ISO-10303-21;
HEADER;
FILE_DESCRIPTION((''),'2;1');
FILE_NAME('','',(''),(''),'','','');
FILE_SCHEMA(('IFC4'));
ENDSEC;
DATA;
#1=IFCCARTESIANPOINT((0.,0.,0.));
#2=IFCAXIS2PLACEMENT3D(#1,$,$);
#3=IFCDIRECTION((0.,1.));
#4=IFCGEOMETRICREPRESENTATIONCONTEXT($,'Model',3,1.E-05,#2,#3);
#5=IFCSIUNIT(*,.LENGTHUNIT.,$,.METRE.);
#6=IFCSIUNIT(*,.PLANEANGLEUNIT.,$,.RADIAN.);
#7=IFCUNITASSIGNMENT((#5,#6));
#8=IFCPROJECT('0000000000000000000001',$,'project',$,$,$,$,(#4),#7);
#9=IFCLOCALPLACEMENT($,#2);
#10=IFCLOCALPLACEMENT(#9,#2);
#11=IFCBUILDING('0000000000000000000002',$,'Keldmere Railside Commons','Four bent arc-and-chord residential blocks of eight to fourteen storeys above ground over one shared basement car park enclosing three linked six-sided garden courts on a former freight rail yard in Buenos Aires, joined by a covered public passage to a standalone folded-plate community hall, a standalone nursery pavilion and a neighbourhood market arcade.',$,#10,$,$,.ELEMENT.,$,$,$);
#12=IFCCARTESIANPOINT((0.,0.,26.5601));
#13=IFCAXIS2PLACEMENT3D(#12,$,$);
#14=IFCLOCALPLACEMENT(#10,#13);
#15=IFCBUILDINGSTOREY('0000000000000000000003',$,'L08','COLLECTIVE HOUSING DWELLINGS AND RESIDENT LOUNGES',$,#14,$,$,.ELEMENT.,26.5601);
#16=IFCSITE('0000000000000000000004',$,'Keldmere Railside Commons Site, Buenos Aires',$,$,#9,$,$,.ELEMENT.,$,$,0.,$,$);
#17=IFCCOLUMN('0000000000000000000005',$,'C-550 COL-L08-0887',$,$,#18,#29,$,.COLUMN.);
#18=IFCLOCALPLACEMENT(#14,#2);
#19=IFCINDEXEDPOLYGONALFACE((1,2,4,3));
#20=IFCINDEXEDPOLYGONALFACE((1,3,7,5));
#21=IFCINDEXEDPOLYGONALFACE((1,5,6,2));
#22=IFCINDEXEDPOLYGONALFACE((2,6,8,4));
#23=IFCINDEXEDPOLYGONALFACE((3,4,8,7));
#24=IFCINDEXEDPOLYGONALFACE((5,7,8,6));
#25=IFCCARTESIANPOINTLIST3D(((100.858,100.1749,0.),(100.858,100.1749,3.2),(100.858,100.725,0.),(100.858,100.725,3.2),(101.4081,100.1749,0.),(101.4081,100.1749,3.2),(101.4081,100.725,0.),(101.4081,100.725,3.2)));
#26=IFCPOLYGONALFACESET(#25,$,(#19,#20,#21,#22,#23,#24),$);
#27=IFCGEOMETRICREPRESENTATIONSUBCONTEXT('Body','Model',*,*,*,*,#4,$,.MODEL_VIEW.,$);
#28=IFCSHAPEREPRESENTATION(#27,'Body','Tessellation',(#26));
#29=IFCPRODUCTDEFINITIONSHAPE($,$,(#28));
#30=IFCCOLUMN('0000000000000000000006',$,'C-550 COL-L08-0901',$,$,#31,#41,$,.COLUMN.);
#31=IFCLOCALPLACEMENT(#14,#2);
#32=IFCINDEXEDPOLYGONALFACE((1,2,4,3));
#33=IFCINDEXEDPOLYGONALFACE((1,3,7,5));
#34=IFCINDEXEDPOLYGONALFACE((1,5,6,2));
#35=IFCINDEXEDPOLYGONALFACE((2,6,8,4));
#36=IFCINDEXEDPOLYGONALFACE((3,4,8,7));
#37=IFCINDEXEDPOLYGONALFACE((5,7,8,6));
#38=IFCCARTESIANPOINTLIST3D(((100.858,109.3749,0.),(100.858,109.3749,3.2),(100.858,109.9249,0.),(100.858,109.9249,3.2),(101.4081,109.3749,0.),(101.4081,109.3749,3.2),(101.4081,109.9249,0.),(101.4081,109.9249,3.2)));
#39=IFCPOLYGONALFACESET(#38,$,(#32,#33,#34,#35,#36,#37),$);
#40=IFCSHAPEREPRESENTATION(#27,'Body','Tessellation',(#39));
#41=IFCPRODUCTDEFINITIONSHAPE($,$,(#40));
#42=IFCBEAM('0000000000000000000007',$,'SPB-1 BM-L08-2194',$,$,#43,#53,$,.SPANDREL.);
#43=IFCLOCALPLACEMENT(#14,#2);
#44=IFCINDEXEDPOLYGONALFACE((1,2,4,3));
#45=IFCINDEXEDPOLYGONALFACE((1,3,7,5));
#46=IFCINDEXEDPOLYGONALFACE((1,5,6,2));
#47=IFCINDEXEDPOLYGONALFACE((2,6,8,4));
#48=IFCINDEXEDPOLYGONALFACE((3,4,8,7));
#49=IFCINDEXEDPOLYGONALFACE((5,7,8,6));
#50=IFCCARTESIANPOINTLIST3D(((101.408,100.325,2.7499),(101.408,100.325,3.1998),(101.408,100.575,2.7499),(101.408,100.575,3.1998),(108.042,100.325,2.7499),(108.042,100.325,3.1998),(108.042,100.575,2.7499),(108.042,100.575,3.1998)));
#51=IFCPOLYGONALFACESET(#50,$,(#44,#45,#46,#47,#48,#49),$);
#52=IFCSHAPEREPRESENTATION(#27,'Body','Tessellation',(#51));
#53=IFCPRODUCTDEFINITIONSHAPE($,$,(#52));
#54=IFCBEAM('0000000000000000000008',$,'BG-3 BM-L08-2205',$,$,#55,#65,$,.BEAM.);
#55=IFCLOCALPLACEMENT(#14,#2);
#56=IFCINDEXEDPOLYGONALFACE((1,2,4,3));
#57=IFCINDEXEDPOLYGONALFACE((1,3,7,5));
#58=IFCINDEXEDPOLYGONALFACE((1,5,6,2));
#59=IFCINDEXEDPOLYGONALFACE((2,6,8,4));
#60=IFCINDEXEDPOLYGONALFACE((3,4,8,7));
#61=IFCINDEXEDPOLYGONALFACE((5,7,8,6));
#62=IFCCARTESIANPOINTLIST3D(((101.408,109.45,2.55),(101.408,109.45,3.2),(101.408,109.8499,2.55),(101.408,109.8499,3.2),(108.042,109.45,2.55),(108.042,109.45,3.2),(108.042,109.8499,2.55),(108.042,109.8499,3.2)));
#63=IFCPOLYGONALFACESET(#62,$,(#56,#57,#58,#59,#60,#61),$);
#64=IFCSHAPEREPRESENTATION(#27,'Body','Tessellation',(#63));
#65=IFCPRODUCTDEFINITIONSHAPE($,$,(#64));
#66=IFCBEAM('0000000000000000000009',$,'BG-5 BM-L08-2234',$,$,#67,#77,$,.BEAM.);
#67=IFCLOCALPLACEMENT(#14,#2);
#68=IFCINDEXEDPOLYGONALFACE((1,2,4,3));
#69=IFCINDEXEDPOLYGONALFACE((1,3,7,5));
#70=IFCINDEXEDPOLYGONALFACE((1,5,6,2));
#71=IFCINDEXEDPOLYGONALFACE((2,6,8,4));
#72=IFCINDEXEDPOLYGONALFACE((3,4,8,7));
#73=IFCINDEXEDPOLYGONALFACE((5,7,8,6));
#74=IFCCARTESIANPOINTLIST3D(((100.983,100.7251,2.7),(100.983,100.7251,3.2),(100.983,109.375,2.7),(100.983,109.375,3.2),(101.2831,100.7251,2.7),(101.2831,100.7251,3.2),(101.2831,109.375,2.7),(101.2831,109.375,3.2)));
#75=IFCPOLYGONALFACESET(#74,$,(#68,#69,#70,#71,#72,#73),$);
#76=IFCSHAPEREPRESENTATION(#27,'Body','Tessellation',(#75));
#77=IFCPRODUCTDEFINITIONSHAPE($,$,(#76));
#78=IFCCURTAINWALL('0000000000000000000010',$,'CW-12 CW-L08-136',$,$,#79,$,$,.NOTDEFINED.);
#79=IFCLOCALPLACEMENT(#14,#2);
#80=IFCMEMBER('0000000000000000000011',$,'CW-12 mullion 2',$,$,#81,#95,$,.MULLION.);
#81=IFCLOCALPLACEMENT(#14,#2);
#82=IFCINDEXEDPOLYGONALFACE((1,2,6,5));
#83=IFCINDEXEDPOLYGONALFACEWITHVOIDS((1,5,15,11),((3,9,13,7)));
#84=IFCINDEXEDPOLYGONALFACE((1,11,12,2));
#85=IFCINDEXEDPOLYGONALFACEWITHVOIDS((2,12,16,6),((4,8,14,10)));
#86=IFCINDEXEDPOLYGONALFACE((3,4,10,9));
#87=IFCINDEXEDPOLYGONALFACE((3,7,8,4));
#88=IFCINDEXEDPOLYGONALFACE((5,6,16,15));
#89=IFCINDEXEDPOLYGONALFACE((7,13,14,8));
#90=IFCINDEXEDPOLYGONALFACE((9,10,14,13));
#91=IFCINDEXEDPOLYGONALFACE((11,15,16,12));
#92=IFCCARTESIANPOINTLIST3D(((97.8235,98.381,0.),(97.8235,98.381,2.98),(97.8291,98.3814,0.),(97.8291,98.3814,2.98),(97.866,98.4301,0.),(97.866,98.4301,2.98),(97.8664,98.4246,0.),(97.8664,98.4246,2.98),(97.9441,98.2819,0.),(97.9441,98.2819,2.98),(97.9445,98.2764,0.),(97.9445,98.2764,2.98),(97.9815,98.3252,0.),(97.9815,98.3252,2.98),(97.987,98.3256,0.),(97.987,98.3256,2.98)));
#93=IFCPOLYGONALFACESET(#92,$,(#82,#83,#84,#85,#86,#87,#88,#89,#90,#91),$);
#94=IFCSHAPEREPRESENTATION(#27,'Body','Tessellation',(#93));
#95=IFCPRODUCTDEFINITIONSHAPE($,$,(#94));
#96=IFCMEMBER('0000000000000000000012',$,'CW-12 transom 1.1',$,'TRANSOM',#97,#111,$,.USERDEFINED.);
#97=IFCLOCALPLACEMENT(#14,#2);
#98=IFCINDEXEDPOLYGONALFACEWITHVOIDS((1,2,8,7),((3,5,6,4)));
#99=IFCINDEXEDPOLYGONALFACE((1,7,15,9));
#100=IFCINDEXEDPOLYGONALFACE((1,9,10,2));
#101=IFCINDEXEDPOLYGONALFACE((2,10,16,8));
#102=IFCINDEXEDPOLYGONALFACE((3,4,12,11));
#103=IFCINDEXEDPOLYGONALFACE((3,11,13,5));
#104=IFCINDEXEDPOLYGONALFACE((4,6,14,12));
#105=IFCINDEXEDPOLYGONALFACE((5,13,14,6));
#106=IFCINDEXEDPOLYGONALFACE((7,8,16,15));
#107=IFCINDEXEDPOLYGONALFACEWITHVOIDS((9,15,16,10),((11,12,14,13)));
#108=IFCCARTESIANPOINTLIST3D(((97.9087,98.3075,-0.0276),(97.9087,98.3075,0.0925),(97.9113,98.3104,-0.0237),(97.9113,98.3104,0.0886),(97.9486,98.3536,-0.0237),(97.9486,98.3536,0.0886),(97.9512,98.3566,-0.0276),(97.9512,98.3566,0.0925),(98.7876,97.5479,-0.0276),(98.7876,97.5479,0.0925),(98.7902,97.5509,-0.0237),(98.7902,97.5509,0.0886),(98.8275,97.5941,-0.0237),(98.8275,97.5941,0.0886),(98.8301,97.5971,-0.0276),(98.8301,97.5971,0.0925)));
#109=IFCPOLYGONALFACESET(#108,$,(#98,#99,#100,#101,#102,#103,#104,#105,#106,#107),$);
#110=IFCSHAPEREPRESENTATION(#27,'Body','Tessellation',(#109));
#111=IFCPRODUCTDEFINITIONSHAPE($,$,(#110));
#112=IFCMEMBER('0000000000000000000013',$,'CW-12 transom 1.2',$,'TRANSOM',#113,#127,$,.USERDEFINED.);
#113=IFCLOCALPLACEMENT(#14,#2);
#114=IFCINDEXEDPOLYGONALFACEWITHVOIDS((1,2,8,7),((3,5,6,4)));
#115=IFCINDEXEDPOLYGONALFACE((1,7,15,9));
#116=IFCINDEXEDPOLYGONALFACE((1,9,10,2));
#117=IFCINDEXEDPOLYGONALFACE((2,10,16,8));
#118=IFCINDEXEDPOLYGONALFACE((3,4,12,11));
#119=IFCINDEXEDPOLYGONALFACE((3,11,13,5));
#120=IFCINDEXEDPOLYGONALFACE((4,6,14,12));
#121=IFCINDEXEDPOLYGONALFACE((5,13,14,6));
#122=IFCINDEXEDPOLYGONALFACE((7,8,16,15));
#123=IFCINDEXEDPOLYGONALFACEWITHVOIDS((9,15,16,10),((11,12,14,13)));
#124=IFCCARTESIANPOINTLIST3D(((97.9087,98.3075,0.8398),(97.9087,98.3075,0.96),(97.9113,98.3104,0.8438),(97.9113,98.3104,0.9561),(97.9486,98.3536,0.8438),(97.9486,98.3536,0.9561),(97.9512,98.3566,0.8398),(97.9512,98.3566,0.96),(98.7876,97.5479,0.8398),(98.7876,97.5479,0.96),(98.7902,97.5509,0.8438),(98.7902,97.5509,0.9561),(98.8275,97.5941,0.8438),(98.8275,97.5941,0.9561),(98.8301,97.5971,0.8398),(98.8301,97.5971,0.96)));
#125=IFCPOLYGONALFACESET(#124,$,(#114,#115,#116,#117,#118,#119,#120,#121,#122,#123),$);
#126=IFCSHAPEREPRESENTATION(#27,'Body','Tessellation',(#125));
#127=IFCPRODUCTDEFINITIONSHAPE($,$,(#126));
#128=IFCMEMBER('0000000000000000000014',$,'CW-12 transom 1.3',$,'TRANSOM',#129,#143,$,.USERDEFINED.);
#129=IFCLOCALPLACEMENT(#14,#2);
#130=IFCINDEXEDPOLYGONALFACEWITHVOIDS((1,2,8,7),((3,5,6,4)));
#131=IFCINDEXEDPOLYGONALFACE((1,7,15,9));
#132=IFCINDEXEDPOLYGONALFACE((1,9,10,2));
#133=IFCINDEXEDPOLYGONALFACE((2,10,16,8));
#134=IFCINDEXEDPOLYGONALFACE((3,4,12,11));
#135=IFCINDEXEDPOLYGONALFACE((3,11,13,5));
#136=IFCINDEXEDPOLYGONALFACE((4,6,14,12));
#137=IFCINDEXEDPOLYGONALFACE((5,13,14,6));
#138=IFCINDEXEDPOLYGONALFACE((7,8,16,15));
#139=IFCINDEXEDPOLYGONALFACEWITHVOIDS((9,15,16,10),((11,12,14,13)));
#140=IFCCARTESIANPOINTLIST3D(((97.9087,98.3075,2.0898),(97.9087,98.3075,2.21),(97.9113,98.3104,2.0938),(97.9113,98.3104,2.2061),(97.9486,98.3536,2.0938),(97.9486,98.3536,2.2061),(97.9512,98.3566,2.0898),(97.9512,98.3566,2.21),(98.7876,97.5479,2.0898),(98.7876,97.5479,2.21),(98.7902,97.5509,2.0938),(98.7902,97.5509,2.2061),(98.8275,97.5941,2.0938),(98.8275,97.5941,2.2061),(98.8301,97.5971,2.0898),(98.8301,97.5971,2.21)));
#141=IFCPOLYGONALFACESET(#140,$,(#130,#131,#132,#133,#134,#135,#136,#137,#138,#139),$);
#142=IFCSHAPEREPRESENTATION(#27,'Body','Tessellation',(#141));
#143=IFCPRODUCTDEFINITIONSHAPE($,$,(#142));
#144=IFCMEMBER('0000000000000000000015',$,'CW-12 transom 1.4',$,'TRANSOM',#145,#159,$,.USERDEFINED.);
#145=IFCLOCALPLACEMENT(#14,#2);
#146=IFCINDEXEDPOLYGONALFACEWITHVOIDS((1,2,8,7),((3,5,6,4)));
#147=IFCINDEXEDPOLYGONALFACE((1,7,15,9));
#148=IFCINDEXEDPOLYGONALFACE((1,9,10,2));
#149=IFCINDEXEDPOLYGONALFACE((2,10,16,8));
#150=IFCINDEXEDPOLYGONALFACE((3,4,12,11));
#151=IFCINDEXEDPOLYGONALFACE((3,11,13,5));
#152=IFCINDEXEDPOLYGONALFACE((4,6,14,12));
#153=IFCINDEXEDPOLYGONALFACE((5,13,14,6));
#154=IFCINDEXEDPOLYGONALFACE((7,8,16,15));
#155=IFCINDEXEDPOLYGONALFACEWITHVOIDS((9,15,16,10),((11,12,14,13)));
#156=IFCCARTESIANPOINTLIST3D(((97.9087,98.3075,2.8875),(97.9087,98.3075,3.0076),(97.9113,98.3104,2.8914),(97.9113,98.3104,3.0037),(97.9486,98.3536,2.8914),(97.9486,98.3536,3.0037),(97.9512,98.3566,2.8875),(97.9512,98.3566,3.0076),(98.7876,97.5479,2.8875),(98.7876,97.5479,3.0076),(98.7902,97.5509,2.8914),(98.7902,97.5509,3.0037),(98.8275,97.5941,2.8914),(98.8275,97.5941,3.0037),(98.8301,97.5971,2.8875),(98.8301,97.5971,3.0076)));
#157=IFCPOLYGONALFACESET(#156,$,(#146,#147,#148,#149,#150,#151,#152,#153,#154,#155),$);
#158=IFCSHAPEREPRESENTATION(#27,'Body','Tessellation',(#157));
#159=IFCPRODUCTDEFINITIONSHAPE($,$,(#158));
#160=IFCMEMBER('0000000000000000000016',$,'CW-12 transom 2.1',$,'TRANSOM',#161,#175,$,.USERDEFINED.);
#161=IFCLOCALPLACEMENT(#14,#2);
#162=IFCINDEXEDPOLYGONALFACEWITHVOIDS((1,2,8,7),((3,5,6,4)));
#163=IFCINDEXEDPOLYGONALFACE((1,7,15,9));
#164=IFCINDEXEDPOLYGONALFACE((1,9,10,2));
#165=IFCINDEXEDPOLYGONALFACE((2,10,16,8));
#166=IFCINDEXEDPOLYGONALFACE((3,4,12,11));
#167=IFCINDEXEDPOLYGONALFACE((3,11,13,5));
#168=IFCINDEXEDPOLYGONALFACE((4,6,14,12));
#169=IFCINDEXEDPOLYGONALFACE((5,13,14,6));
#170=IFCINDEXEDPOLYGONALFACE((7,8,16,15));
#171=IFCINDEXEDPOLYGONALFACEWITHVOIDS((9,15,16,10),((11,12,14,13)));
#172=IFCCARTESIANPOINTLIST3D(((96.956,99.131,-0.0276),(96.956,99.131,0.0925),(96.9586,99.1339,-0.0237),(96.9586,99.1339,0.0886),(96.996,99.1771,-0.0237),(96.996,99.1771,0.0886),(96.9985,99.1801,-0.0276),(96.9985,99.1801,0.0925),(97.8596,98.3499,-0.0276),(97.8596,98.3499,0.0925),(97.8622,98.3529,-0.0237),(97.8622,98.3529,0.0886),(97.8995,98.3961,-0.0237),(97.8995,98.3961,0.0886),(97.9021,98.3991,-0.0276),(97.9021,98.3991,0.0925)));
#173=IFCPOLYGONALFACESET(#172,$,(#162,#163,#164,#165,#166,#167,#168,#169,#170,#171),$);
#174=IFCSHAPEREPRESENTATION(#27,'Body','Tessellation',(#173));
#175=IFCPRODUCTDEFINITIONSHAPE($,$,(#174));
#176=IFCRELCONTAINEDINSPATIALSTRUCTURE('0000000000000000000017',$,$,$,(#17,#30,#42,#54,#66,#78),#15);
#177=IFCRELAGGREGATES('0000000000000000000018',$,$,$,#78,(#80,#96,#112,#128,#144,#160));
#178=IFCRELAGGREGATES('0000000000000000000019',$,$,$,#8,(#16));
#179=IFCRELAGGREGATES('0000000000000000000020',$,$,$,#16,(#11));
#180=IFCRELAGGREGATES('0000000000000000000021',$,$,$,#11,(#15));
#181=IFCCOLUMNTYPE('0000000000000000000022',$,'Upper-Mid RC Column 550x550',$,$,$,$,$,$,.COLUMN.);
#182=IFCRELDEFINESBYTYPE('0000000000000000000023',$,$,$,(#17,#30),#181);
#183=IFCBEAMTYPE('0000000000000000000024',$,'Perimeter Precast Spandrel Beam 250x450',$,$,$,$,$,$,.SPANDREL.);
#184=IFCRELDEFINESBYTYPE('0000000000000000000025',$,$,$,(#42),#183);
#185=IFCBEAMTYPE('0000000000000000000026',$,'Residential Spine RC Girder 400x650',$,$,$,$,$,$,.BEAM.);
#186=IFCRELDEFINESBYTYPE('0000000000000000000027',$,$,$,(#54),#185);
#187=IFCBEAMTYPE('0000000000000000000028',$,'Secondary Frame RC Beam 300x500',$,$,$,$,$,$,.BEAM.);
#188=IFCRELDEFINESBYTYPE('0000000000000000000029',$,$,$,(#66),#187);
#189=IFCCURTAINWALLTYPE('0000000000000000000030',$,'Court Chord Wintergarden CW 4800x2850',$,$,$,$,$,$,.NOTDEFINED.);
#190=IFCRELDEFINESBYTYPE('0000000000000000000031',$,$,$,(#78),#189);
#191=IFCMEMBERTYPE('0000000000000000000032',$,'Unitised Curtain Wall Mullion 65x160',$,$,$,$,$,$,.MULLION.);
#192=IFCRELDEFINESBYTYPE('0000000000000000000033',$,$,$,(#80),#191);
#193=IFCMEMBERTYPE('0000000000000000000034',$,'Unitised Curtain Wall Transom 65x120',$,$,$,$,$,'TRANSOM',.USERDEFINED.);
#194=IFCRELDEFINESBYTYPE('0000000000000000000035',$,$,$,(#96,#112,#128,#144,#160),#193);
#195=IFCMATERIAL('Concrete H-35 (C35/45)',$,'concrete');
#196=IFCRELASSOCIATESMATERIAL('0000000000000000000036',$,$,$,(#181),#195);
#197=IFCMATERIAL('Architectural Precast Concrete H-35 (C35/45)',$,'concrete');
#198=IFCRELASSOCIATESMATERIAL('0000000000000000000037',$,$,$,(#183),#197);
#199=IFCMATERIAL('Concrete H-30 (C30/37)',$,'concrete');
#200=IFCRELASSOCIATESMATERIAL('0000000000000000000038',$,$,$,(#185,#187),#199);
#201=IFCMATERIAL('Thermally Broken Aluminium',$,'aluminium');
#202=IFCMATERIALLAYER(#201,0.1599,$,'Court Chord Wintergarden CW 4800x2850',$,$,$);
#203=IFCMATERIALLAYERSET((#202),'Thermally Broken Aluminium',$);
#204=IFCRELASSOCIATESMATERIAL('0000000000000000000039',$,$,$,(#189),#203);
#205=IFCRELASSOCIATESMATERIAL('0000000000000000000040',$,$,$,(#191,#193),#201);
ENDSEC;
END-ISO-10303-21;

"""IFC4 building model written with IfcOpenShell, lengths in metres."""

from ifc_helpers import new_model, si_unit, direction, frame, origin, origin_2d, place, context, subcontext, project, spatial, rectangle, hollow_rectangle, extrude, material, layer, layer_set, material_profile, profile_set, type_object, element, aggregate, save


model = new_model("IFC4")

# Units and contexts
model_context = context("Model", 3, precision=1e-05, world=origin(), true_north=direction((0.0, 1.0)))
body_context = subcontext(model_context, "Body", "Model", "MODEL_VIEW")
ifc_project = project(units=[si_unit("LENGTHUNIT", "METRE"), si_unit("PLANEANGLEUNIT", "RADIAN")], contexts=[model_context])

# Site, building, storey
site_placement = place(None, origin())
site = spatial("IfcSite", under=ifc_project, at=site_placement, Name="Keldmere Railside Commons Site, Buenos Aires", CompositionType="ELEMENT", RefElevation=0.0)
building_placement = place(site_placement, origin())
building = spatial("IfcBuilding", under=site, at=building_placement, Name="Keldmere Railside Commons", Description="Four bent arc-and-chord residential blocks of eight to fourteen storeys above ground over one shared basement car park enclosing three linked six-sided garden courts on a former freight rail yard in Buenos Aires, joined by a covered public passage to a standalone folded-plate community hall, a standalone nursery pavilion and a neighbourhood market arcade.", CompositionType="ELEMENT")
storey_placement = place(building_placement, frame((0.0, 0.0, 26.5601)))
storey = spatial("IfcBuildingStorey", under=building, at=storey_placement, Name="L08", Description="COLLECTIVE HOUSING DWELLINGS AND RESIDENT LOUNGES", CompositionType="ELEMENT", Elevation=26.5601)

# Columns
ifc_material_1 = material(Name="Concrete H-35 (C35/45)", Category="concrete")
ifc_material_profile_1 = material_profile(ifc_material_1, rectangle(XDim=0.55, YDim=0.55, at=origin_2d()), Name="RC-550x550")
ifc_profile_set_1 = profile_set([ifc_material_profile_1], Name="Concrete H-35 (C35/45)")
column_type = type_object("IfcColumnType", Name="Upper-Mid RC Column 550x550", PredefinedType="COLUMN", material=ifc_profile_set_1)
for number, where, z_axis, x_axis, name in (
    (1, (101.1331, 100.45, 0.0), (0.0, 0.0, 1.0), (1.0, 0.0, 0.0), "C-550 COL-L08-0887"),
    (2, (101.1331, 109.6499, 0.0), (0.0, 0.0, 1.0), (1.0, 0.0, 0.0), "C-550 COL-L08-0901"),
):
    element("IfcColumn", number, at=place(storey_placement, frame(where, z_axis=z_axis, x_axis=x_axis)), inside=storey, type_object=column_type, Name=name, PredefinedType="COLUMN", context=body_context, shape_type="SweptSolid", body=[
        extrude(rectangle(XDim=0.55, YDim=0.55, at=origin_2d()), origin(), (0.0, 0.0, 1.0), 3.2),
    ])

# Beams
ifc_material_2 = material(Name="Architectural Precast Concrete H-35 (C35/45)", Category="concrete")
ifc_material_profile_2 = material_profile(ifc_material_2, rectangle(XDim=0.25, YDim=0.45, at=origin_2d()), Name="RC-250x450")
ifc_profile_set_2 = profile_set([ifc_material_profile_2], Name="Architectural Precast Concrete H-35 (C35/45)")
beam_type_1 = type_object("IfcBeamType", Name="Perimeter Precast Spandrel Beam 250x450", PredefinedType="SPANDREL", material=ifc_profile_set_2)
beam_1_placement = place(storey_placement, frame((101.408, 100.45, 2.9749), z_axis=(1.0, 0.0, 0.0), x_axis=(0.0, 1.0, 0.0)))
element("IfcBeam", 3, at=beam_1_placement, inside=storey, type_object=beam_type_1, Name="SPB-1 BM-L08-2194", PredefinedType="SPANDREL", context=body_context, shape_type="SweptSolid", body=[
    extrude(rectangle(XDim=0.25, YDim=0.45, at=origin_2d()), origin(), (0.0, 0.0, 1.0), 6.634),
])
ifc_material_3 = material(Name="Concrete H-30 (C30/37)", Category="concrete")
ifc_material_profile_3 = material_profile(ifc_material_3, rectangle(XDim=0.3999, YDim=0.6499, at=origin_2d()), Name="RC-400x650")
ifc_profile_set_3 = profile_set([ifc_material_profile_3], Name="Concrete H-30 (C30/37)")
beam_type_2 = type_object("IfcBeamType", Name="Residential Spine RC Girder 400x650", PredefinedType="BEAM", material=ifc_profile_set_3)
beam_2_placement = place(storey_placement, frame((101.408, 109.6499, 2.875), z_axis=(1.0, 0.0, 0.0), x_axis=(0.0, 1.0, 0.0)))
element("IfcBeam", 4, at=beam_2_placement, inside=storey, type_object=beam_type_2, Name="BG-3 BM-L08-2205", PredefinedType="BEAM", context=body_context, shape_type="SweptSolid", body=[
    extrude(rectangle(XDim=0.3999, YDim=0.6499, at=origin_2d()), origin(), (0.0, 0.0, 1.0), 6.634),
])
ifc_material_profile_4 = material_profile(ifc_material_3, rectangle(XDim=0.3, YDim=0.5, at=origin_2d()), Name="RC-300x500")
ifc_profile_set_4 = profile_set([ifc_material_profile_4], Name="Concrete H-30 (C30/37)")
beam_type_3 = type_object("IfcBeamType", Name="Secondary Frame RC Beam 300x500", PredefinedType="BEAM", material=ifc_profile_set_4)
beam_3_placement = place(storey_placement, frame((101.1331, 100.7251, 2.95), z_axis=(0.0, 1.0, 0.0), x_axis=(-1.0, 0.0, 0.0)))
element("IfcBeam", 5, at=beam_3_placement, inside=storey, type_object=beam_type_3, Name="BG-5 BM-L08-2234", PredefinedType="BEAM", context=body_context, shape_type="SweptSolid", body=[
    extrude(rectangle(XDim=0.3, YDim=0.5, at=origin_2d()), origin(), (0.0, 0.0, 1.0), 8.6499),
])

# Curtain wall, members
ifc_material_4 = material(Name="Thermally Broken Aluminium", Category="aluminium")
ifc_layer_1 = layer(ifc_material_4, 0.1599, Name="Court Chord Wintergarden CW 4800x2850")
ifc_layer_set_1 = layer_set([ifc_layer_1], Name="Thermally Broken Aluminium")
curtain_wall_type = type_object("IfcCurtainWallType", Name="Court Chord Wintergarden CW 4800x2850", PredefinedType="NOTDEFINED", material=ifc_layer_set_1)
curtain_wall_placement = place(storey_placement, origin())
curtain_wall = element("IfcCurtainWall", 6, at=curtain_wall_placement, inside=storey, type_object=curtain_wall_type, Name="CW-12 CW-L08-136", PredefinedType="NOTDEFINED")
ifc_material_profile_5 = material_profile(ifc_material_4, hollow_rectangle(XDim=0.0649, YDim=0.1599, WallThickness=0.0039, at=origin_2d()), Name="ALU-MULL-65x160")
ifc_profile_set_5 = profile_set([ifc_material_profile_5], Name="Thermally Broken Aluminium")
member_type_1 = type_object("IfcMemberType", Name="Unitised Curtain Wall Mullion 65x160", PredefinedType="MULLION", material=ifc_profile_set_5)
member_1_placement = place(storey_placement, frame((97.9053, 98.3533, 0.0), z_axis=(0.0, 0.0, 1.0), x_axis=(-0.653882, -0.756597, 0.0)))
member_1 = element("IfcMember", 7, at=member_1_placement, type_object=member_type_1, Name="CW-12 mullion 2", PredefinedType="MULLION", context=body_context, shape_type="SweptSolid", body=[
    extrude(hollow_rectangle(XDim=0.0649, YDim=0.1599, WallThickness=0.0039, at=origin_2d()), origin(), (0.0, 0.0, 1.0), 2.98),
])
ifc_material_profile_6 = material_profile(ifc_material_4, hollow_rectangle(XDim=0.0649, YDim=0.1201, WallThickness=0.0039, at=origin_2d()), Name="ALU-TRAN-65x120")
ifc_profile_set_6 = profile_set([ifc_material_profile_6], Name="Thermally Broken Aluminium")
member_type_2 = type_object("IfcMemberType", Name="Unitised Curtain Wall Transom 65x120", ElementType="TRANSOM", PredefinedType="USERDEFINED", material=ifc_profile_set_6)
member_2_placement = place(storey_placement, frame((98.8088, 97.5725, 0.0325), z_axis=(-0.756624, 0.65385, 0.0), x_axis=(-0.65385, -0.756624, 0.0)))
member_2 = element("IfcMember", 8, at=member_2_placement, type_object=member_type_2, Name="CW-12 transom 1.1", ObjectType="TRANSOM", PredefinedType="USERDEFINED", context=body_context, shape_type="SweptSolid", body=[
    extrude(hollow_rectangle(XDim=0.0649, YDim=0.1201, WallThickness=0.0039, at=origin_2d()), origin(), (0.0, 0.0, 1.0), 1.1616),
])
member_3_placement = place(storey_placement, frame((98.8088, 97.5725, 0.8999), z_axis=(-0.756624, 0.65385, 0.0), x_axis=(-0.65385, -0.756624, 0.0)))
member_3 = element("IfcMember", 9, at=member_3_placement, type_object=member_type_2, Name="CW-12 transom 1.2", ObjectType="TRANSOM", PredefinedType="USERDEFINED", context=body_context, shape_type="SweptSolid", body=[
    extrude(hollow_rectangle(XDim=0.0649, YDim=0.1201, WallThickness=0.0039, at=origin_2d()), origin(), (0.0, 0.0, 1.0), 1.1616),
])
member_4_placement = place(storey_placement, frame((98.8088, 97.5725, 2.1499), z_axis=(-0.756624, 0.65385, 0.0), x_axis=(-0.65385, -0.756624, 0.0)))
member_4 = element("IfcMember", 10, at=member_4_placement, type_object=member_type_2, Name="CW-12 transom 1.3", ObjectType="TRANSOM", PredefinedType="USERDEFINED", context=body_context, shape_type="SweptSolid", body=[
    extrude(hollow_rectangle(XDim=0.0649, YDim=0.1201, WallThickness=0.0039, at=origin_2d()), origin(), (0.0, 0.0, 1.0), 1.1616),
])
member_5_placement = place(storey_placement, frame((98.8088, 97.5725, 2.9475), z_axis=(-0.756624, 0.65385, 0.0), x_axis=(-0.65385, -0.756624, 0.0)))
member_5 = element("IfcMember", 11, at=member_5_placement, type_object=member_type_2, Name="CW-12 transom 1.4", ObjectType="TRANSOM", PredefinedType="USERDEFINED", context=body_context, shape_type="SweptSolid", body=[
    extrude(hollow_rectangle(XDim=0.0649, YDim=0.1201, WallThickness=0.0039, at=origin_2d()), origin(), (0.0, 0.0, 1.0), 1.1616),
])
member_6_placement = place(storey_placement, frame((97.8809, 98.3745, 0.0325), z_axis=(-0.756552, 0.653934, 0.0), x_axis=(-0.653934, -0.756552, 0.0)))
member_6 = element("IfcMember", 12, at=member_6_placement, type_object=member_type_2, Name="CW-12 transom 2.1", ObjectType="TRANSOM", PredefinedType="USERDEFINED", context=body_context, shape_type="SweptSolid", body=[
    extrude(hollow_rectangle(XDim=0.0649, YDim=0.1201, WallThickness=0.0039, at=origin_2d()), origin(), (0.0, 0.0, 1.0), 1.1943),
])
aggregate(curtain_wall, [member_1, member_2, member_3, member_4, member_5, member_6])

save(model, "model.ifc")
